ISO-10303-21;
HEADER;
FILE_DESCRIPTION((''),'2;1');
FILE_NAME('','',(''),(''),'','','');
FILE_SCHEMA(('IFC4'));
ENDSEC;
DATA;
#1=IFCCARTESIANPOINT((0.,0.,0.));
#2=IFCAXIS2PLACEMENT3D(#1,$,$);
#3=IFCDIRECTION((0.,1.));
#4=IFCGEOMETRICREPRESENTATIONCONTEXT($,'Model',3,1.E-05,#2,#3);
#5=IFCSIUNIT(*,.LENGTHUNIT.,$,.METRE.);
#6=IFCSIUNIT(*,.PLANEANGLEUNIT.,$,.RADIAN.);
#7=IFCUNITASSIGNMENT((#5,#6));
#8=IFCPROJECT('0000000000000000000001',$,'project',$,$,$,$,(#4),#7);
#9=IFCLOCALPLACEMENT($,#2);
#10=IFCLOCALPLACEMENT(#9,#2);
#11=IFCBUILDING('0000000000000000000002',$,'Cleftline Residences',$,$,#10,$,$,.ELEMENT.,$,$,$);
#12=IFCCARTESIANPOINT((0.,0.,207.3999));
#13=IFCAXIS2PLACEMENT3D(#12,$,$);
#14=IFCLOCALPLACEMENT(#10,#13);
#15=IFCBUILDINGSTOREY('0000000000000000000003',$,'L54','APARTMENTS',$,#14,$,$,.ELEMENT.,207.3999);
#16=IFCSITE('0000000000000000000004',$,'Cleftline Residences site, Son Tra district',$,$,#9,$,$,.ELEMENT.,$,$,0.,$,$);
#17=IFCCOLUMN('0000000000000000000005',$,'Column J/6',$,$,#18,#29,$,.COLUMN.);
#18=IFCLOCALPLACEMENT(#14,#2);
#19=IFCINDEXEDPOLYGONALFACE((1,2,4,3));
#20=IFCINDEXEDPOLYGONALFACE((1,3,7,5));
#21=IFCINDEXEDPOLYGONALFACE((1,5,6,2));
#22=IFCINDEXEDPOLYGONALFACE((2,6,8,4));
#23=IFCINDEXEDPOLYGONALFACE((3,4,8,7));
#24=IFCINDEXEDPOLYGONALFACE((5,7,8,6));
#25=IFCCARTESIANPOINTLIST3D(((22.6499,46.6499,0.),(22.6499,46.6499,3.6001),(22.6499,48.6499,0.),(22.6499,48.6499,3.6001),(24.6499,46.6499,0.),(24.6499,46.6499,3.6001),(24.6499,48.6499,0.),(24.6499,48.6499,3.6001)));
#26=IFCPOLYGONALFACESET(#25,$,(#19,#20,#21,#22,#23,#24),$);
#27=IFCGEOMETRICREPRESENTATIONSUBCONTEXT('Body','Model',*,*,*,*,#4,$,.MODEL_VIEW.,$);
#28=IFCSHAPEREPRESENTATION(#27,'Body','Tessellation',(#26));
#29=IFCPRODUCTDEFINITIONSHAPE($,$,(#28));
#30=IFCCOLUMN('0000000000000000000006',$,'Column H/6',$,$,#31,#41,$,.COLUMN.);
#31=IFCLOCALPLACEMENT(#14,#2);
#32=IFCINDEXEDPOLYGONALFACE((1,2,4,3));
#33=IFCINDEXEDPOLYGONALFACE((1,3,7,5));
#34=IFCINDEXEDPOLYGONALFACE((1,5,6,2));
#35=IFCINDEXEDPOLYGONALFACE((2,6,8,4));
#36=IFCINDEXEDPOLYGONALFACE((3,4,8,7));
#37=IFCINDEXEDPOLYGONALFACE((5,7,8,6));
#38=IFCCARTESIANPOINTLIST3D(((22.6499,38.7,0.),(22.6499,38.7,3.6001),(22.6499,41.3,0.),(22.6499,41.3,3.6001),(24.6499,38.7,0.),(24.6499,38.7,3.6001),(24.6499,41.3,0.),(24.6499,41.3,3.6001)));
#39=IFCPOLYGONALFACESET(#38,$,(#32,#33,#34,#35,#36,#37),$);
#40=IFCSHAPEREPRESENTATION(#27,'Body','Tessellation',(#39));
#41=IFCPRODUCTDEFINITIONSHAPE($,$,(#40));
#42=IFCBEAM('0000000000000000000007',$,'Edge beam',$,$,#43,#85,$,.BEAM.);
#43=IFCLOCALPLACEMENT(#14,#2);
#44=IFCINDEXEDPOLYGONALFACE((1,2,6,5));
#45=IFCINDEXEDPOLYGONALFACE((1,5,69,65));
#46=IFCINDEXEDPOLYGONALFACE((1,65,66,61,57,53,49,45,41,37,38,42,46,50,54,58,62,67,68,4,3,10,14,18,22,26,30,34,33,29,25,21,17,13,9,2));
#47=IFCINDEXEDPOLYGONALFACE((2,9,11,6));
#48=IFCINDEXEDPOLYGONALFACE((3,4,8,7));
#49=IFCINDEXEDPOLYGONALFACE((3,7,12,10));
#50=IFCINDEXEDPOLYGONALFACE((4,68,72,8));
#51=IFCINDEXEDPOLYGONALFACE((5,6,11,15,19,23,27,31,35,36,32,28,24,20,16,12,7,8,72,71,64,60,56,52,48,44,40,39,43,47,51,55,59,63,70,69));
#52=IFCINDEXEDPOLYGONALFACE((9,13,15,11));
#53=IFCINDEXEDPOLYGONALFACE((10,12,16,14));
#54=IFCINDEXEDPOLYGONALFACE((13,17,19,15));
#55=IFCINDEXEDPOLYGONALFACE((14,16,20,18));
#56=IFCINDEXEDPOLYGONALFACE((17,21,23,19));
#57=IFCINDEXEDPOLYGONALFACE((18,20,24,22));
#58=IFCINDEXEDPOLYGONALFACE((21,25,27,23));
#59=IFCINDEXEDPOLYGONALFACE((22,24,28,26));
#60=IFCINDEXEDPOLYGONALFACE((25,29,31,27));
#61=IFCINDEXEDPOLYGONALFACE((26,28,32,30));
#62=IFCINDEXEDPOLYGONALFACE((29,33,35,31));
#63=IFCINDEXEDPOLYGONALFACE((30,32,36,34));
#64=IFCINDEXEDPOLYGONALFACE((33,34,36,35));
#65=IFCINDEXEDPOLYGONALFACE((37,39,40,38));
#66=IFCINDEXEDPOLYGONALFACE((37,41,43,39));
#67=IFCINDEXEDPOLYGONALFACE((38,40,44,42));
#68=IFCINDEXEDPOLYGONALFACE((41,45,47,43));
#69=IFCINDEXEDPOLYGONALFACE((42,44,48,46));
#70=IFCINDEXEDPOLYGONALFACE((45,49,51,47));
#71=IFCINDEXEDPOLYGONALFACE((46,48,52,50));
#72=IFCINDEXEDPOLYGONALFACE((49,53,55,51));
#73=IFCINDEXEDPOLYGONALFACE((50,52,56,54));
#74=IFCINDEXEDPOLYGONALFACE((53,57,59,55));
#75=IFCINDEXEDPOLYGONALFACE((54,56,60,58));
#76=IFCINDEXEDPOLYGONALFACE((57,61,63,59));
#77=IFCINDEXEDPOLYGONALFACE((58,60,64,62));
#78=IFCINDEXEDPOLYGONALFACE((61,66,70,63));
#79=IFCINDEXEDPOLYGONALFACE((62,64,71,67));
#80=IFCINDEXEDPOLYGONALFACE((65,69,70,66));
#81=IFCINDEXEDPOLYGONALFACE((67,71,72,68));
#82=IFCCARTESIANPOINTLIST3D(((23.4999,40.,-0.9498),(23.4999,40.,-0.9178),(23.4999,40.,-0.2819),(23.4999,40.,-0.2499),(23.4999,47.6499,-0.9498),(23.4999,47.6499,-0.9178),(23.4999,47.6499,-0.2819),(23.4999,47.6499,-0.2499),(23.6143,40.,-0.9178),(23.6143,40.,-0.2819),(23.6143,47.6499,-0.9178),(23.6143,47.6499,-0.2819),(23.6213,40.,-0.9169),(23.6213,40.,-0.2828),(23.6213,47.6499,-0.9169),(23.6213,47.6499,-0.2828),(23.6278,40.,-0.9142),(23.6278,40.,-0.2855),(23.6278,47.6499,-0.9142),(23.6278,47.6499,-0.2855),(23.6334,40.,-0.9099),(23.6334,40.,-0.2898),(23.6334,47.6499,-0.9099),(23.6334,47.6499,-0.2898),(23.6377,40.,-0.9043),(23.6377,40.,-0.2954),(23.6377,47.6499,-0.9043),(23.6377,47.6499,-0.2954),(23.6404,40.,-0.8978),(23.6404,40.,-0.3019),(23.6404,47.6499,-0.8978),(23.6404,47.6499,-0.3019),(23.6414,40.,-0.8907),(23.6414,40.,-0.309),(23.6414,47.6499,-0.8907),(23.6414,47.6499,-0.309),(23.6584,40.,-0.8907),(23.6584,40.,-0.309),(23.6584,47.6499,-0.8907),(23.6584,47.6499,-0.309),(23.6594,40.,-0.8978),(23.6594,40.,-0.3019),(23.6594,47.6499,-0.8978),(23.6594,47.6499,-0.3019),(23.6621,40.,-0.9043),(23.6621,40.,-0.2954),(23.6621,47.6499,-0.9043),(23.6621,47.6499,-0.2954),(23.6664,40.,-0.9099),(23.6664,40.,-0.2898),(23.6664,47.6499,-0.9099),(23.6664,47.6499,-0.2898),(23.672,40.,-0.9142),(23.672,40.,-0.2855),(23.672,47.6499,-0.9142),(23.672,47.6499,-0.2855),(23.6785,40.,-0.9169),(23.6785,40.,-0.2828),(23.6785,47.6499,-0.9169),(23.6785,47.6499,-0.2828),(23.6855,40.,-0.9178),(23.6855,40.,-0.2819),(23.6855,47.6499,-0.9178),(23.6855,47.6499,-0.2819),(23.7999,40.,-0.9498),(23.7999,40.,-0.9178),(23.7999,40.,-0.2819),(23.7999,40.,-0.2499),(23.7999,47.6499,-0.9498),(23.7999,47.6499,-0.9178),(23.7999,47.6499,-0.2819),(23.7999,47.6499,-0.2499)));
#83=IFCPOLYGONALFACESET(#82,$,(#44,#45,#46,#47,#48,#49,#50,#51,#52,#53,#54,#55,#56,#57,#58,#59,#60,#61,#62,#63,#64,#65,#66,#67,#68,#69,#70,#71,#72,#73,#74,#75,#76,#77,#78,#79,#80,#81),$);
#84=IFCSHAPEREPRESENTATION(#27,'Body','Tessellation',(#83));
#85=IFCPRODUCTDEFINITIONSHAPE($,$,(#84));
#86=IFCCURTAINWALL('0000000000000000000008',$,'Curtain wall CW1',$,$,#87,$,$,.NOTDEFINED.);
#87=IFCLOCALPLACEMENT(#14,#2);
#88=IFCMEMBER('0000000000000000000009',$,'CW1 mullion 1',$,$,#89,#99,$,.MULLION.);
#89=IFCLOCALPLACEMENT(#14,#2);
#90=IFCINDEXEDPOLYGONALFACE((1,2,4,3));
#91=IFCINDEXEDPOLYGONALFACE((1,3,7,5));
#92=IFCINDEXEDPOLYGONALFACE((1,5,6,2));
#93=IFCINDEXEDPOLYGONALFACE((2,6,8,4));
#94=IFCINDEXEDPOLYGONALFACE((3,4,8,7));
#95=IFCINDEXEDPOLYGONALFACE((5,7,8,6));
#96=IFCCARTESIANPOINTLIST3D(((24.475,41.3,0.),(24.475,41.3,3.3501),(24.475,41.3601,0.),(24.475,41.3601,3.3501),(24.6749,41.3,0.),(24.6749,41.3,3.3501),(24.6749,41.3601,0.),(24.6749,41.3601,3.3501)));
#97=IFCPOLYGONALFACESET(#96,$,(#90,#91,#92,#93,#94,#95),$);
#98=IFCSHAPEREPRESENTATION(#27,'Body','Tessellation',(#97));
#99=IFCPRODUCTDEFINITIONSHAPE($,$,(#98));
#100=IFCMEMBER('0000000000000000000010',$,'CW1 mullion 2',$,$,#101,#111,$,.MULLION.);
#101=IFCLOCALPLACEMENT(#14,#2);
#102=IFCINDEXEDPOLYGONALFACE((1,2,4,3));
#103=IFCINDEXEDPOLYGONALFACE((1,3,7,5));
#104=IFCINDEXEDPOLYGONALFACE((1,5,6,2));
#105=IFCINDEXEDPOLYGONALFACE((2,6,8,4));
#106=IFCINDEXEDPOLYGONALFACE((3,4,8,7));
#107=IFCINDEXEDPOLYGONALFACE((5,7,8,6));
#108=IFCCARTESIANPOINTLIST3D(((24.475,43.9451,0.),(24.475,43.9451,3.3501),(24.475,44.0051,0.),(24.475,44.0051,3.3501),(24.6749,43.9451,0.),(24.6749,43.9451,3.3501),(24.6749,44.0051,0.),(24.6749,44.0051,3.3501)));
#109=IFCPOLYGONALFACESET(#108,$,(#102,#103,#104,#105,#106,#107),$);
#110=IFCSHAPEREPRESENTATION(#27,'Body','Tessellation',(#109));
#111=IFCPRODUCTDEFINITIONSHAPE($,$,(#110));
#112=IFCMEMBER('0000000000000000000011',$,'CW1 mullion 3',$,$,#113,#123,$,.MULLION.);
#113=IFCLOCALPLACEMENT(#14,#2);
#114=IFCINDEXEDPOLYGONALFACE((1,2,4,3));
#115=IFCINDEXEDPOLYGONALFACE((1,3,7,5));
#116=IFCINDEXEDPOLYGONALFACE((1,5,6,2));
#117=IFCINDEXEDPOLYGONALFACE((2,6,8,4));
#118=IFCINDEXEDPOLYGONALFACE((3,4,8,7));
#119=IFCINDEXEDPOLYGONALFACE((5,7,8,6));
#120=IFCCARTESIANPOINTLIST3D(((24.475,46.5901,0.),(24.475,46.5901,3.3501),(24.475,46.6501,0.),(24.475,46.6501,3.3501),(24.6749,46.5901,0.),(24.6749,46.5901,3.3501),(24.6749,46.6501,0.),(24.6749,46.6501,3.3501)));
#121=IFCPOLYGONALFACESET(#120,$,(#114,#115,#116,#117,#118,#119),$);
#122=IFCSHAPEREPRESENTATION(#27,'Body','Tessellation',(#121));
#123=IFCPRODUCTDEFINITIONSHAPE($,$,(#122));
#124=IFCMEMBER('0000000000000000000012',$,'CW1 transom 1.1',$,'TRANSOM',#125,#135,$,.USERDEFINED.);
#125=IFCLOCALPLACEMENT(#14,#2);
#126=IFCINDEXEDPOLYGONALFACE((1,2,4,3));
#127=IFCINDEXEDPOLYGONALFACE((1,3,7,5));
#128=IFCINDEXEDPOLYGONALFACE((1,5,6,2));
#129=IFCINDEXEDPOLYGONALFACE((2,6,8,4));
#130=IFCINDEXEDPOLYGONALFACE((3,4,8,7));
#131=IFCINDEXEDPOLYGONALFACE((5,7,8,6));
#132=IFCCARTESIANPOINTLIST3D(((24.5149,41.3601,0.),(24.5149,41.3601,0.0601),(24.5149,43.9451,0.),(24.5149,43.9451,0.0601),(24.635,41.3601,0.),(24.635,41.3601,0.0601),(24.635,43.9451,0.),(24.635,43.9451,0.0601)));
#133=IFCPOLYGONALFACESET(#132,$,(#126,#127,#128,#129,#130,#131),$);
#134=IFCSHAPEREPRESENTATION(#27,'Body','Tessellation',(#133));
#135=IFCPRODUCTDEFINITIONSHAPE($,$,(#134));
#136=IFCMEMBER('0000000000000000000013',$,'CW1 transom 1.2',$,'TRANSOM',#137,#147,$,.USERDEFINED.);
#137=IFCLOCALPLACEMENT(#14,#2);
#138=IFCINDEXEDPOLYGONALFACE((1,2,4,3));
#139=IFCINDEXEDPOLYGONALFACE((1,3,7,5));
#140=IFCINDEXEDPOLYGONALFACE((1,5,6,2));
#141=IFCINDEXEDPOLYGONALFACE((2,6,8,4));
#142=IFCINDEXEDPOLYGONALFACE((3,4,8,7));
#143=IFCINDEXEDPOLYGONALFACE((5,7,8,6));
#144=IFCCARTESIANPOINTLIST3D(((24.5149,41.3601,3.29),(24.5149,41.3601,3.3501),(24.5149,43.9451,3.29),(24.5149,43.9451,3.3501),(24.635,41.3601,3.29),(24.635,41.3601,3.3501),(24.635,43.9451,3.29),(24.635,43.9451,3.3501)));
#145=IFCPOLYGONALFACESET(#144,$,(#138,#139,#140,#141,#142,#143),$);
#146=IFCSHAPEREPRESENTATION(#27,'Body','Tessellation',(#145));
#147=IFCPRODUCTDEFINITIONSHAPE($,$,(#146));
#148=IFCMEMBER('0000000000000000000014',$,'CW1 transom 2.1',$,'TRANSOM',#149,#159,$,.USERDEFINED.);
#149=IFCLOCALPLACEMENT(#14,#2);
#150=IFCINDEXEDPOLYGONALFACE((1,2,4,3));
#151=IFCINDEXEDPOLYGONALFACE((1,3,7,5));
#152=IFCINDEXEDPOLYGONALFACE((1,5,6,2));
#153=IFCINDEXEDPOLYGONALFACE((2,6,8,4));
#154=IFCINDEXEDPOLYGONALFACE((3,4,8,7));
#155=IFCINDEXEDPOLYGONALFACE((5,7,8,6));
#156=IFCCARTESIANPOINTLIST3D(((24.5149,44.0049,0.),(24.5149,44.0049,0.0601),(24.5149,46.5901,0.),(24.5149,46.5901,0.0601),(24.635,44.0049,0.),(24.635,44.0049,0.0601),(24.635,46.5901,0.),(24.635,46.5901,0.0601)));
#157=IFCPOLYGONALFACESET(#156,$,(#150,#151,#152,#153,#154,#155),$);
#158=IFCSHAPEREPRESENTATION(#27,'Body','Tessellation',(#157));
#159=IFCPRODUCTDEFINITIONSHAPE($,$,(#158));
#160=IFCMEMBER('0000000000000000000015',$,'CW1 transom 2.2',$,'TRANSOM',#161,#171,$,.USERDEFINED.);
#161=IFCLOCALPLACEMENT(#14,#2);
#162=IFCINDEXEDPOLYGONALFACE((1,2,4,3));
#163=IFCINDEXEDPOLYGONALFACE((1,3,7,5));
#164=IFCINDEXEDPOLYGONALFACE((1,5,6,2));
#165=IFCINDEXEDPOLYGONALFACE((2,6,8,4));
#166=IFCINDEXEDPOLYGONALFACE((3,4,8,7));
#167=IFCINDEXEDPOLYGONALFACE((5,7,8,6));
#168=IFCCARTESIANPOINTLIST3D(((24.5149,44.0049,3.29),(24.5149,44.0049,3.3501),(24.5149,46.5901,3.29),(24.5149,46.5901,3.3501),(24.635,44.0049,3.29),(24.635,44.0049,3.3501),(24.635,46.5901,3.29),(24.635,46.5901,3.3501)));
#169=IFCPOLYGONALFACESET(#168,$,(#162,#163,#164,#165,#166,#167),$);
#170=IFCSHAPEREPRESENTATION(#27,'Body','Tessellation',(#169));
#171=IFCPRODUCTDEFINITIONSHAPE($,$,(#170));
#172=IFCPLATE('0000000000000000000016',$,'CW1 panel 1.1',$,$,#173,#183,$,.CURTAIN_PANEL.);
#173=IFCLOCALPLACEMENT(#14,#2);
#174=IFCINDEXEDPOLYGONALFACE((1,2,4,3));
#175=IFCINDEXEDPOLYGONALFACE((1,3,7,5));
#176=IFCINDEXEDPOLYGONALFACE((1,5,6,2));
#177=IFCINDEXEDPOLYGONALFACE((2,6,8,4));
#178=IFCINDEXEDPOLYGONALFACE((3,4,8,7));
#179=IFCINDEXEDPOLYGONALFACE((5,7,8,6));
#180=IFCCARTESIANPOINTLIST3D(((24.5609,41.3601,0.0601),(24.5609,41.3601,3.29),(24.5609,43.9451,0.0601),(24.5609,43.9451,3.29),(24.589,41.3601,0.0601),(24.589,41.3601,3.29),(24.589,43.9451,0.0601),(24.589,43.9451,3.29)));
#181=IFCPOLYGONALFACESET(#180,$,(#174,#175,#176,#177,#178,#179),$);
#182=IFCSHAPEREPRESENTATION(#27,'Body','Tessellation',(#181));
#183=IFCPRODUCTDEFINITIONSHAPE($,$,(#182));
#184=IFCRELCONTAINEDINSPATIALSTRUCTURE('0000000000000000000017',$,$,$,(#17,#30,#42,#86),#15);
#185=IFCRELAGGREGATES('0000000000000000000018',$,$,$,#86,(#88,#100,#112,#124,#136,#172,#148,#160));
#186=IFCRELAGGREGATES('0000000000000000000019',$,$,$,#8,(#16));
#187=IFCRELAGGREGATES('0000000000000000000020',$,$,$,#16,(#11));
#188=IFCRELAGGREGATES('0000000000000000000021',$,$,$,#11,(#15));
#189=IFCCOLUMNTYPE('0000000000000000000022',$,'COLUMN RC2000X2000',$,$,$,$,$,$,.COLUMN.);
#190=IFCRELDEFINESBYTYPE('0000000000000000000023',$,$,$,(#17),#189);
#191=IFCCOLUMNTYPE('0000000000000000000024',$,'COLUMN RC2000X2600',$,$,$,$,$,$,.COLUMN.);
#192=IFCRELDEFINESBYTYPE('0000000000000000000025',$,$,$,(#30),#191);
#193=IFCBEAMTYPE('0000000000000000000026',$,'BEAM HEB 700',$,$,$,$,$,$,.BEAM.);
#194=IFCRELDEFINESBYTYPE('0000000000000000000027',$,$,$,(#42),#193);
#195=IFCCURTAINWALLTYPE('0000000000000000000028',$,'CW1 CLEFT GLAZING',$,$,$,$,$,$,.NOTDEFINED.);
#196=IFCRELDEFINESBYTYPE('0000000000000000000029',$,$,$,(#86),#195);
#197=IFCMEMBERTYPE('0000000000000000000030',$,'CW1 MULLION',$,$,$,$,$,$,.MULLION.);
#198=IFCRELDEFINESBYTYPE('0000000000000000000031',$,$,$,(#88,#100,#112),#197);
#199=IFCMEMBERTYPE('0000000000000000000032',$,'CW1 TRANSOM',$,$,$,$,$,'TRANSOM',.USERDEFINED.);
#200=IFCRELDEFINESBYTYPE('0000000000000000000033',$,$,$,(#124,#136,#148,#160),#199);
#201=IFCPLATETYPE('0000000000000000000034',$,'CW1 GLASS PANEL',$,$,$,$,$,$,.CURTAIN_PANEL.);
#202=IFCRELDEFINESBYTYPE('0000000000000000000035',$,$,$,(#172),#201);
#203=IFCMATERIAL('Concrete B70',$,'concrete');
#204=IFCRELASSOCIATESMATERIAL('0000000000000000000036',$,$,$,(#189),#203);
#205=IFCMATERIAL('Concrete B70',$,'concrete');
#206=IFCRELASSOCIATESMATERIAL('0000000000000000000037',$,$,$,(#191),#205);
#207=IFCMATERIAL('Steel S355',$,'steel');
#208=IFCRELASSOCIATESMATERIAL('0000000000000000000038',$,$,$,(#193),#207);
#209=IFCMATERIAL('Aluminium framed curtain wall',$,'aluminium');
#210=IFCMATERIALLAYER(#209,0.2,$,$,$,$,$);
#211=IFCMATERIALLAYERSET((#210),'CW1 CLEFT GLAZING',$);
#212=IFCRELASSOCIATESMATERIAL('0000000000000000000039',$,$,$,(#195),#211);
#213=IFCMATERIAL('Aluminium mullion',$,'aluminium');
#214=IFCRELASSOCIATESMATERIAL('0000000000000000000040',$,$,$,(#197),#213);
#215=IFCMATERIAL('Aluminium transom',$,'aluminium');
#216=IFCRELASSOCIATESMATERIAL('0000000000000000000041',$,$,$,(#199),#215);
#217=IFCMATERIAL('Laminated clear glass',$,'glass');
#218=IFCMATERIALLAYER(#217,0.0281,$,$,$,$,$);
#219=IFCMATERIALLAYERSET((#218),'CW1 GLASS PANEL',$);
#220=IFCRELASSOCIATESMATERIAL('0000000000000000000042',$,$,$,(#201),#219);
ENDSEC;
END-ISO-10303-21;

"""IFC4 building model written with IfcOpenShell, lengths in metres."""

from ifc_helpers import new_model, si_unit, direction, frame, origin, origin_2d, place, context, subcontext, project, spatial, rectangle, i_section, extrude, material, layer, layer_set, material_profile, profile_set, type_object, element, aggregate, save


model = new_model("IFC4")

# Units and contexts
model_context = context("Model", 3, precision=1e-05, world=origin(), true_north=direction((0.0, 1.0)))
body_context = subcontext(model_context, "Body", "Model", "MODEL_VIEW")
ifc_project = project(units=[si_unit("LENGTHUNIT", "METRE"), si_unit("PLANEANGLEUNIT", "RADIAN")], contexts=[model_context])

# Site, building, storey
site_placement = place(None, origin())
site = spatial("IfcSite", under=ifc_project, at=site_placement, Name="Cleftline Residences site, Son Tra district", CompositionType="ELEMENT", RefElevation=0.0)
building_placement = place(site_placement, origin())
building = spatial("IfcBuilding", under=site, at=building_placement, Name="Cleftline Residences", CompositionType="ELEMENT")
storey_placement = place(building_placement, frame((0.0, 0.0, 207.3999)))
storey = spatial("IfcBuildingStorey", under=building, at=storey_placement, Name="L54", Description="APARTMENTS", CompositionType="ELEMENT", Elevation=207.3999)

# Columns
ifc_material_1 = material(Name="Concrete B70", Category="concrete")
ifc_material_profile_1 = material_profile(ifc_material_1, rectangle(XDim=2.0, YDim=2.0, at=origin_2d()))
ifc_profile_set_1 = profile_set([ifc_material_profile_1], Name="Concrete B70")
column_type_1 = type_object("IfcColumnType", Name="COLUMN RC2000X2000", PredefinedType="COLUMN", material=ifc_profile_set_1)
column_1_placement = place(storey_placement, frame((23.6499, 47.6499, 0.0), z_axis=(0.0, 0.0, 1.0), x_axis=(1.0, 0.0, 0.0)))
element("IfcColumn", 1, at=column_1_placement, inside=storey, type_object=column_type_1, Name="Column J/6", PredefinedType="COLUMN", context=body_context, shape_type="SweptSolid", body=[
    extrude(rectangle(XDim=2.0, YDim=2.0, at=origin_2d()), origin(), (0.0, 0.0, 1.0), 3.6001),
])
ifc_material_2 = material(Name="Concrete B70", Category="concrete")
ifc_material_profile_2 = material_profile(ifc_material_2, rectangle(XDim=2.0, YDim=2.6001, at=origin_2d()))
ifc_profile_set_2 = profile_set([ifc_material_profile_2], Name="Concrete B70")
column_type_2 = type_object("IfcColumnType", Name="COLUMN RC2000X2600", PredefinedType="COLUMN", material=ifc_profile_set_2)
column_2_placement = place(storey_placement, frame((23.6499, 40.0, 0.0), z_axis=(0.0, 0.0, 1.0), x_axis=(1.0, 0.0, 0.0)))
element("IfcColumn", 2, at=column_2_placement, inside=storey, type_object=column_type_2, Name="Column H/6", PredefinedType="COLUMN", context=body_context, shape_type="SweptSolid", body=[
    extrude(rectangle(XDim=2.0, YDim=2.6001, at=origin_2d()), origin(), (0.0, 0.0, 1.0), 3.6001),
])

# Beam
ifc_material_3 = material(Name="Steel S355", Category="steel")
ifc_material_profile_3 = material_profile(ifc_material_3, i_section(OverallWidth=0.3, OverallDepth=0.7, WebThickness=0.0171, FlangeThickness=0.032, FilletRadius=0.0271, at=origin_2d()))
ifc_profile_set_3 = profile_set([ifc_material_profile_3], Name="Steel S355")
beam_type = type_object("IfcBeamType", Name="BEAM HEB 700", PredefinedType="BEAM", material=ifc_profile_set_3)
beam_placement = place(storey_placement, frame((23.6499, 47.6499, -0.5999), z_axis=(0.0, -1.0, 0.0), x_axis=(1.0, 0.0, 0.0)))
element("IfcBeam", 3, at=beam_placement, inside=storey, type_object=beam_type, Name="Edge beam", PredefinedType="BEAM", context=body_context, shape_type="SweptSolid", body=[
    extrude(i_section(OverallWidth=0.3, OverallDepth=0.7, WebThickness=0.0171, FlangeThickness=0.032, FilletRadius=0.0271, at=origin_2d()), origin(), (0.0, 0.0, 1.0), 7.6499),
])

# Curtain wall, members, plate
ifc_material_4 = material(Name="Aluminium framed curtain wall", Category="aluminium")
ifc_layer_1 = layer(ifc_material_4, 0.2)
ifc_layer_set_1 = layer_set([ifc_layer_1], Name="CW1 CLEFT GLAZING")
curtain_wall_type = type_object("IfcCurtainWallType", Name="CW1 CLEFT GLAZING", PredefinedType="NOTDEFINED", material=ifc_layer_set_1)
curtain_wall_placement = place(storey_placement, origin())
curtain_wall = element("IfcCurtainWall", 4, at=curtain_wall_placement, inside=storey, type_object=curtain_wall_type, Name="Curtain wall CW1", PredefinedType="NOTDEFINED")
ifc_material_5 = material(Name="Aluminium mullion", Category="aluminium")
ifc_material_profile_4 = material_profile(ifc_material_5, rectangle(XDim=0.2, YDim=0.0601, at=origin_2d()))
ifc_profile_set_4 = profile_set([ifc_material_profile_4], Name="Aluminium mullion")
member_type_1 = type_object("IfcMemberType", Name="CW1 MULLION", PredefinedType="MULLION", material=ifc_profile_set_4)
member_1_placement = place(storey_placement, frame((24.575, 41.3301, 0.0), z_axis=(0.0, 0.0, 1.0), x_axis=(-1.0, 0.0, 0.0)))
member_1 = element("IfcMember", 5, at=member_1_placement, type_object=member_type_1, Name="CW1 mullion 1", PredefinedType="MULLION", context=body_context, shape_type="SweptSolid", body=[
    extrude(rectangle(XDim=0.2, YDim=0.0601, at=origin_2d()), origin(), (0.0, 0.0, 1.0), 3.3501),
])
member_2_placement = place(storey_placement, frame((24.575, 43.9751, 0.0), z_axis=(0.0, 0.0, 1.0), x_axis=(-1.0, 0.0, 0.0)))
member_2 = element("IfcMember", 6, at=member_2_placement, type_object=member_type_1, Name="CW1 mullion 2", PredefinedType="MULLION", context=body_context, shape_type="SweptSolid", body=[
    extrude(rectangle(XDim=0.2, YDim=0.0601, at=origin_2d()), origin(), (0.0, 0.0, 1.0), 3.3501),
])
member_3_placement = place(storey_placement, frame((24.575, 46.6201, 0.0), z_axis=(0.0, 0.0, 1.0), x_axis=(-1.0, 0.0, 0.0)))
member_3 = element("IfcMember", 7, at=member_3_placement, type_object=member_type_1, Name="CW1 mullion 3", PredefinedType="MULLION", context=body_context, shape_type="SweptSolid", body=[
    extrude(rectangle(XDim=0.2, YDim=0.0601, at=origin_2d()), origin(), (0.0, 0.0, 1.0), 3.3501),
])
ifc_material_6 = material(Name="Aluminium transom", Category="aluminium")
ifc_material_profile_5 = material_profile(ifc_material_6, rectangle(XDim=0.1201, YDim=0.0601, at=origin_2d()))
ifc_profile_set_5 = profile_set([ifc_material_profile_5], Name="Aluminium transom")
member_type_2 = type_object("IfcMemberType", Name="CW1 TRANSOM", ElementType="TRANSOM", PredefinedType="USERDEFINED", material=ifc_profile_set_5)
member_4_placement = place(storey_placement, frame((24.575, 41.3601, 0.03), z_axis=(0.0, 1.0, 0.0), x_axis=(-1.0, 0.0, 0.0)))
member_4 = element("IfcMember", 8, at=member_4_placement, type_object=member_type_2, Name="CW1 transom 1.1", ObjectType="TRANSOM", PredefinedType="USERDEFINED", context=body_context, shape_type="SweptSolid", body=[
    extrude(rectangle(XDim=0.1201, YDim=0.0601, at=origin_2d()), origin(), (0.0, 0.0, 1.0), 2.585),
])
member_5_placement = place(storey_placement, frame((24.575, 41.3601, 3.3201), z_axis=(0.0, 1.0, 0.0), x_axis=(-1.0, 0.0, 0.0)))
member_5 = element("IfcMember", 9, at=member_5_placement, type_object=member_type_2, Name="CW1 transom 1.2", ObjectType="TRANSOM", PredefinedType="USERDEFINED", context=body_context, shape_type="SweptSolid", body=[
    extrude(rectangle(XDim=0.1201, YDim=0.0601, at=origin_2d()), origin(), (0.0, 0.0, 1.0), 2.585),
])
member_6_placement = place(storey_placement, frame((24.575, 44.0049, 0.03), z_axis=(0.0, 1.0, 0.0), x_axis=(-1.0, 0.0, 0.0)))
member_6 = element("IfcMember", 10, at=member_6_placement, type_object=member_type_2, Name="CW1 transom 2.1", ObjectType="TRANSOM", PredefinedType="USERDEFINED", context=body_context, shape_type="SweptSolid", body=[
    extrude(rectangle(XDim=0.1201, YDim=0.0601, at=origin_2d()), origin(), (0.0, 0.0, 1.0), 2.5852),
])
member_7_placement = place(storey_placement, frame((24.575, 44.0049, 3.3201), z_axis=(0.0, 1.0, 0.0), x_axis=(-1.0, 0.0, 0.0)))
member_7 = element("IfcMember", 11, at=member_7_placement, type_object=member_type_2, Name="CW1 transom 2.2", ObjectType="TRANSOM", PredefinedType="USERDEFINED", context=body_context, shape_type="SweptSolid", body=[
    extrude(rectangle(XDim=0.1201, YDim=0.0601, at=origin_2d()), origin(), (0.0, 0.0, 1.0), 2.5852),
])
ifc_material_7 = material(Name="Laminated clear glass", Category="glass")
ifc_layer_2 = layer(ifc_material_7, 0.0281)
ifc_layer_set_2 = layer_set([ifc_layer_2], Name="CW1 GLASS PANEL")
plate_type = type_object("IfcPlateType", Name="CW1 GLASS PANEL", PredefinedType="CURTAIN_PANEL", material=ifc_layer_set_2)
plate_1_placement = place(storey_placement, frame((24.575, 42.6526, 0.0601), z_axis=(0.0, 0.0, 1.0), x_axis=(0.0, 1.0, 0.0)))
plate_1 = element("IfcPlate", 12, at=plate_1_placement, type_object=plate_type, Name="CW1 panel 1.1", PredefinedType="CURTAIN_PANEL", context=body_context, shape_type="SweptSolid", body=[
    extrude(rectangle(XDim=2.585, YDim=0.0281, at=origin_2d()), origin(), (0.0, 0.0, 1.0), 3.23),
])
aggregate(curtain_wall, [member_1, member_2, member_3, member_4, member_5, plate_1, member_6, member_7])

save(model, "model.ifc")
